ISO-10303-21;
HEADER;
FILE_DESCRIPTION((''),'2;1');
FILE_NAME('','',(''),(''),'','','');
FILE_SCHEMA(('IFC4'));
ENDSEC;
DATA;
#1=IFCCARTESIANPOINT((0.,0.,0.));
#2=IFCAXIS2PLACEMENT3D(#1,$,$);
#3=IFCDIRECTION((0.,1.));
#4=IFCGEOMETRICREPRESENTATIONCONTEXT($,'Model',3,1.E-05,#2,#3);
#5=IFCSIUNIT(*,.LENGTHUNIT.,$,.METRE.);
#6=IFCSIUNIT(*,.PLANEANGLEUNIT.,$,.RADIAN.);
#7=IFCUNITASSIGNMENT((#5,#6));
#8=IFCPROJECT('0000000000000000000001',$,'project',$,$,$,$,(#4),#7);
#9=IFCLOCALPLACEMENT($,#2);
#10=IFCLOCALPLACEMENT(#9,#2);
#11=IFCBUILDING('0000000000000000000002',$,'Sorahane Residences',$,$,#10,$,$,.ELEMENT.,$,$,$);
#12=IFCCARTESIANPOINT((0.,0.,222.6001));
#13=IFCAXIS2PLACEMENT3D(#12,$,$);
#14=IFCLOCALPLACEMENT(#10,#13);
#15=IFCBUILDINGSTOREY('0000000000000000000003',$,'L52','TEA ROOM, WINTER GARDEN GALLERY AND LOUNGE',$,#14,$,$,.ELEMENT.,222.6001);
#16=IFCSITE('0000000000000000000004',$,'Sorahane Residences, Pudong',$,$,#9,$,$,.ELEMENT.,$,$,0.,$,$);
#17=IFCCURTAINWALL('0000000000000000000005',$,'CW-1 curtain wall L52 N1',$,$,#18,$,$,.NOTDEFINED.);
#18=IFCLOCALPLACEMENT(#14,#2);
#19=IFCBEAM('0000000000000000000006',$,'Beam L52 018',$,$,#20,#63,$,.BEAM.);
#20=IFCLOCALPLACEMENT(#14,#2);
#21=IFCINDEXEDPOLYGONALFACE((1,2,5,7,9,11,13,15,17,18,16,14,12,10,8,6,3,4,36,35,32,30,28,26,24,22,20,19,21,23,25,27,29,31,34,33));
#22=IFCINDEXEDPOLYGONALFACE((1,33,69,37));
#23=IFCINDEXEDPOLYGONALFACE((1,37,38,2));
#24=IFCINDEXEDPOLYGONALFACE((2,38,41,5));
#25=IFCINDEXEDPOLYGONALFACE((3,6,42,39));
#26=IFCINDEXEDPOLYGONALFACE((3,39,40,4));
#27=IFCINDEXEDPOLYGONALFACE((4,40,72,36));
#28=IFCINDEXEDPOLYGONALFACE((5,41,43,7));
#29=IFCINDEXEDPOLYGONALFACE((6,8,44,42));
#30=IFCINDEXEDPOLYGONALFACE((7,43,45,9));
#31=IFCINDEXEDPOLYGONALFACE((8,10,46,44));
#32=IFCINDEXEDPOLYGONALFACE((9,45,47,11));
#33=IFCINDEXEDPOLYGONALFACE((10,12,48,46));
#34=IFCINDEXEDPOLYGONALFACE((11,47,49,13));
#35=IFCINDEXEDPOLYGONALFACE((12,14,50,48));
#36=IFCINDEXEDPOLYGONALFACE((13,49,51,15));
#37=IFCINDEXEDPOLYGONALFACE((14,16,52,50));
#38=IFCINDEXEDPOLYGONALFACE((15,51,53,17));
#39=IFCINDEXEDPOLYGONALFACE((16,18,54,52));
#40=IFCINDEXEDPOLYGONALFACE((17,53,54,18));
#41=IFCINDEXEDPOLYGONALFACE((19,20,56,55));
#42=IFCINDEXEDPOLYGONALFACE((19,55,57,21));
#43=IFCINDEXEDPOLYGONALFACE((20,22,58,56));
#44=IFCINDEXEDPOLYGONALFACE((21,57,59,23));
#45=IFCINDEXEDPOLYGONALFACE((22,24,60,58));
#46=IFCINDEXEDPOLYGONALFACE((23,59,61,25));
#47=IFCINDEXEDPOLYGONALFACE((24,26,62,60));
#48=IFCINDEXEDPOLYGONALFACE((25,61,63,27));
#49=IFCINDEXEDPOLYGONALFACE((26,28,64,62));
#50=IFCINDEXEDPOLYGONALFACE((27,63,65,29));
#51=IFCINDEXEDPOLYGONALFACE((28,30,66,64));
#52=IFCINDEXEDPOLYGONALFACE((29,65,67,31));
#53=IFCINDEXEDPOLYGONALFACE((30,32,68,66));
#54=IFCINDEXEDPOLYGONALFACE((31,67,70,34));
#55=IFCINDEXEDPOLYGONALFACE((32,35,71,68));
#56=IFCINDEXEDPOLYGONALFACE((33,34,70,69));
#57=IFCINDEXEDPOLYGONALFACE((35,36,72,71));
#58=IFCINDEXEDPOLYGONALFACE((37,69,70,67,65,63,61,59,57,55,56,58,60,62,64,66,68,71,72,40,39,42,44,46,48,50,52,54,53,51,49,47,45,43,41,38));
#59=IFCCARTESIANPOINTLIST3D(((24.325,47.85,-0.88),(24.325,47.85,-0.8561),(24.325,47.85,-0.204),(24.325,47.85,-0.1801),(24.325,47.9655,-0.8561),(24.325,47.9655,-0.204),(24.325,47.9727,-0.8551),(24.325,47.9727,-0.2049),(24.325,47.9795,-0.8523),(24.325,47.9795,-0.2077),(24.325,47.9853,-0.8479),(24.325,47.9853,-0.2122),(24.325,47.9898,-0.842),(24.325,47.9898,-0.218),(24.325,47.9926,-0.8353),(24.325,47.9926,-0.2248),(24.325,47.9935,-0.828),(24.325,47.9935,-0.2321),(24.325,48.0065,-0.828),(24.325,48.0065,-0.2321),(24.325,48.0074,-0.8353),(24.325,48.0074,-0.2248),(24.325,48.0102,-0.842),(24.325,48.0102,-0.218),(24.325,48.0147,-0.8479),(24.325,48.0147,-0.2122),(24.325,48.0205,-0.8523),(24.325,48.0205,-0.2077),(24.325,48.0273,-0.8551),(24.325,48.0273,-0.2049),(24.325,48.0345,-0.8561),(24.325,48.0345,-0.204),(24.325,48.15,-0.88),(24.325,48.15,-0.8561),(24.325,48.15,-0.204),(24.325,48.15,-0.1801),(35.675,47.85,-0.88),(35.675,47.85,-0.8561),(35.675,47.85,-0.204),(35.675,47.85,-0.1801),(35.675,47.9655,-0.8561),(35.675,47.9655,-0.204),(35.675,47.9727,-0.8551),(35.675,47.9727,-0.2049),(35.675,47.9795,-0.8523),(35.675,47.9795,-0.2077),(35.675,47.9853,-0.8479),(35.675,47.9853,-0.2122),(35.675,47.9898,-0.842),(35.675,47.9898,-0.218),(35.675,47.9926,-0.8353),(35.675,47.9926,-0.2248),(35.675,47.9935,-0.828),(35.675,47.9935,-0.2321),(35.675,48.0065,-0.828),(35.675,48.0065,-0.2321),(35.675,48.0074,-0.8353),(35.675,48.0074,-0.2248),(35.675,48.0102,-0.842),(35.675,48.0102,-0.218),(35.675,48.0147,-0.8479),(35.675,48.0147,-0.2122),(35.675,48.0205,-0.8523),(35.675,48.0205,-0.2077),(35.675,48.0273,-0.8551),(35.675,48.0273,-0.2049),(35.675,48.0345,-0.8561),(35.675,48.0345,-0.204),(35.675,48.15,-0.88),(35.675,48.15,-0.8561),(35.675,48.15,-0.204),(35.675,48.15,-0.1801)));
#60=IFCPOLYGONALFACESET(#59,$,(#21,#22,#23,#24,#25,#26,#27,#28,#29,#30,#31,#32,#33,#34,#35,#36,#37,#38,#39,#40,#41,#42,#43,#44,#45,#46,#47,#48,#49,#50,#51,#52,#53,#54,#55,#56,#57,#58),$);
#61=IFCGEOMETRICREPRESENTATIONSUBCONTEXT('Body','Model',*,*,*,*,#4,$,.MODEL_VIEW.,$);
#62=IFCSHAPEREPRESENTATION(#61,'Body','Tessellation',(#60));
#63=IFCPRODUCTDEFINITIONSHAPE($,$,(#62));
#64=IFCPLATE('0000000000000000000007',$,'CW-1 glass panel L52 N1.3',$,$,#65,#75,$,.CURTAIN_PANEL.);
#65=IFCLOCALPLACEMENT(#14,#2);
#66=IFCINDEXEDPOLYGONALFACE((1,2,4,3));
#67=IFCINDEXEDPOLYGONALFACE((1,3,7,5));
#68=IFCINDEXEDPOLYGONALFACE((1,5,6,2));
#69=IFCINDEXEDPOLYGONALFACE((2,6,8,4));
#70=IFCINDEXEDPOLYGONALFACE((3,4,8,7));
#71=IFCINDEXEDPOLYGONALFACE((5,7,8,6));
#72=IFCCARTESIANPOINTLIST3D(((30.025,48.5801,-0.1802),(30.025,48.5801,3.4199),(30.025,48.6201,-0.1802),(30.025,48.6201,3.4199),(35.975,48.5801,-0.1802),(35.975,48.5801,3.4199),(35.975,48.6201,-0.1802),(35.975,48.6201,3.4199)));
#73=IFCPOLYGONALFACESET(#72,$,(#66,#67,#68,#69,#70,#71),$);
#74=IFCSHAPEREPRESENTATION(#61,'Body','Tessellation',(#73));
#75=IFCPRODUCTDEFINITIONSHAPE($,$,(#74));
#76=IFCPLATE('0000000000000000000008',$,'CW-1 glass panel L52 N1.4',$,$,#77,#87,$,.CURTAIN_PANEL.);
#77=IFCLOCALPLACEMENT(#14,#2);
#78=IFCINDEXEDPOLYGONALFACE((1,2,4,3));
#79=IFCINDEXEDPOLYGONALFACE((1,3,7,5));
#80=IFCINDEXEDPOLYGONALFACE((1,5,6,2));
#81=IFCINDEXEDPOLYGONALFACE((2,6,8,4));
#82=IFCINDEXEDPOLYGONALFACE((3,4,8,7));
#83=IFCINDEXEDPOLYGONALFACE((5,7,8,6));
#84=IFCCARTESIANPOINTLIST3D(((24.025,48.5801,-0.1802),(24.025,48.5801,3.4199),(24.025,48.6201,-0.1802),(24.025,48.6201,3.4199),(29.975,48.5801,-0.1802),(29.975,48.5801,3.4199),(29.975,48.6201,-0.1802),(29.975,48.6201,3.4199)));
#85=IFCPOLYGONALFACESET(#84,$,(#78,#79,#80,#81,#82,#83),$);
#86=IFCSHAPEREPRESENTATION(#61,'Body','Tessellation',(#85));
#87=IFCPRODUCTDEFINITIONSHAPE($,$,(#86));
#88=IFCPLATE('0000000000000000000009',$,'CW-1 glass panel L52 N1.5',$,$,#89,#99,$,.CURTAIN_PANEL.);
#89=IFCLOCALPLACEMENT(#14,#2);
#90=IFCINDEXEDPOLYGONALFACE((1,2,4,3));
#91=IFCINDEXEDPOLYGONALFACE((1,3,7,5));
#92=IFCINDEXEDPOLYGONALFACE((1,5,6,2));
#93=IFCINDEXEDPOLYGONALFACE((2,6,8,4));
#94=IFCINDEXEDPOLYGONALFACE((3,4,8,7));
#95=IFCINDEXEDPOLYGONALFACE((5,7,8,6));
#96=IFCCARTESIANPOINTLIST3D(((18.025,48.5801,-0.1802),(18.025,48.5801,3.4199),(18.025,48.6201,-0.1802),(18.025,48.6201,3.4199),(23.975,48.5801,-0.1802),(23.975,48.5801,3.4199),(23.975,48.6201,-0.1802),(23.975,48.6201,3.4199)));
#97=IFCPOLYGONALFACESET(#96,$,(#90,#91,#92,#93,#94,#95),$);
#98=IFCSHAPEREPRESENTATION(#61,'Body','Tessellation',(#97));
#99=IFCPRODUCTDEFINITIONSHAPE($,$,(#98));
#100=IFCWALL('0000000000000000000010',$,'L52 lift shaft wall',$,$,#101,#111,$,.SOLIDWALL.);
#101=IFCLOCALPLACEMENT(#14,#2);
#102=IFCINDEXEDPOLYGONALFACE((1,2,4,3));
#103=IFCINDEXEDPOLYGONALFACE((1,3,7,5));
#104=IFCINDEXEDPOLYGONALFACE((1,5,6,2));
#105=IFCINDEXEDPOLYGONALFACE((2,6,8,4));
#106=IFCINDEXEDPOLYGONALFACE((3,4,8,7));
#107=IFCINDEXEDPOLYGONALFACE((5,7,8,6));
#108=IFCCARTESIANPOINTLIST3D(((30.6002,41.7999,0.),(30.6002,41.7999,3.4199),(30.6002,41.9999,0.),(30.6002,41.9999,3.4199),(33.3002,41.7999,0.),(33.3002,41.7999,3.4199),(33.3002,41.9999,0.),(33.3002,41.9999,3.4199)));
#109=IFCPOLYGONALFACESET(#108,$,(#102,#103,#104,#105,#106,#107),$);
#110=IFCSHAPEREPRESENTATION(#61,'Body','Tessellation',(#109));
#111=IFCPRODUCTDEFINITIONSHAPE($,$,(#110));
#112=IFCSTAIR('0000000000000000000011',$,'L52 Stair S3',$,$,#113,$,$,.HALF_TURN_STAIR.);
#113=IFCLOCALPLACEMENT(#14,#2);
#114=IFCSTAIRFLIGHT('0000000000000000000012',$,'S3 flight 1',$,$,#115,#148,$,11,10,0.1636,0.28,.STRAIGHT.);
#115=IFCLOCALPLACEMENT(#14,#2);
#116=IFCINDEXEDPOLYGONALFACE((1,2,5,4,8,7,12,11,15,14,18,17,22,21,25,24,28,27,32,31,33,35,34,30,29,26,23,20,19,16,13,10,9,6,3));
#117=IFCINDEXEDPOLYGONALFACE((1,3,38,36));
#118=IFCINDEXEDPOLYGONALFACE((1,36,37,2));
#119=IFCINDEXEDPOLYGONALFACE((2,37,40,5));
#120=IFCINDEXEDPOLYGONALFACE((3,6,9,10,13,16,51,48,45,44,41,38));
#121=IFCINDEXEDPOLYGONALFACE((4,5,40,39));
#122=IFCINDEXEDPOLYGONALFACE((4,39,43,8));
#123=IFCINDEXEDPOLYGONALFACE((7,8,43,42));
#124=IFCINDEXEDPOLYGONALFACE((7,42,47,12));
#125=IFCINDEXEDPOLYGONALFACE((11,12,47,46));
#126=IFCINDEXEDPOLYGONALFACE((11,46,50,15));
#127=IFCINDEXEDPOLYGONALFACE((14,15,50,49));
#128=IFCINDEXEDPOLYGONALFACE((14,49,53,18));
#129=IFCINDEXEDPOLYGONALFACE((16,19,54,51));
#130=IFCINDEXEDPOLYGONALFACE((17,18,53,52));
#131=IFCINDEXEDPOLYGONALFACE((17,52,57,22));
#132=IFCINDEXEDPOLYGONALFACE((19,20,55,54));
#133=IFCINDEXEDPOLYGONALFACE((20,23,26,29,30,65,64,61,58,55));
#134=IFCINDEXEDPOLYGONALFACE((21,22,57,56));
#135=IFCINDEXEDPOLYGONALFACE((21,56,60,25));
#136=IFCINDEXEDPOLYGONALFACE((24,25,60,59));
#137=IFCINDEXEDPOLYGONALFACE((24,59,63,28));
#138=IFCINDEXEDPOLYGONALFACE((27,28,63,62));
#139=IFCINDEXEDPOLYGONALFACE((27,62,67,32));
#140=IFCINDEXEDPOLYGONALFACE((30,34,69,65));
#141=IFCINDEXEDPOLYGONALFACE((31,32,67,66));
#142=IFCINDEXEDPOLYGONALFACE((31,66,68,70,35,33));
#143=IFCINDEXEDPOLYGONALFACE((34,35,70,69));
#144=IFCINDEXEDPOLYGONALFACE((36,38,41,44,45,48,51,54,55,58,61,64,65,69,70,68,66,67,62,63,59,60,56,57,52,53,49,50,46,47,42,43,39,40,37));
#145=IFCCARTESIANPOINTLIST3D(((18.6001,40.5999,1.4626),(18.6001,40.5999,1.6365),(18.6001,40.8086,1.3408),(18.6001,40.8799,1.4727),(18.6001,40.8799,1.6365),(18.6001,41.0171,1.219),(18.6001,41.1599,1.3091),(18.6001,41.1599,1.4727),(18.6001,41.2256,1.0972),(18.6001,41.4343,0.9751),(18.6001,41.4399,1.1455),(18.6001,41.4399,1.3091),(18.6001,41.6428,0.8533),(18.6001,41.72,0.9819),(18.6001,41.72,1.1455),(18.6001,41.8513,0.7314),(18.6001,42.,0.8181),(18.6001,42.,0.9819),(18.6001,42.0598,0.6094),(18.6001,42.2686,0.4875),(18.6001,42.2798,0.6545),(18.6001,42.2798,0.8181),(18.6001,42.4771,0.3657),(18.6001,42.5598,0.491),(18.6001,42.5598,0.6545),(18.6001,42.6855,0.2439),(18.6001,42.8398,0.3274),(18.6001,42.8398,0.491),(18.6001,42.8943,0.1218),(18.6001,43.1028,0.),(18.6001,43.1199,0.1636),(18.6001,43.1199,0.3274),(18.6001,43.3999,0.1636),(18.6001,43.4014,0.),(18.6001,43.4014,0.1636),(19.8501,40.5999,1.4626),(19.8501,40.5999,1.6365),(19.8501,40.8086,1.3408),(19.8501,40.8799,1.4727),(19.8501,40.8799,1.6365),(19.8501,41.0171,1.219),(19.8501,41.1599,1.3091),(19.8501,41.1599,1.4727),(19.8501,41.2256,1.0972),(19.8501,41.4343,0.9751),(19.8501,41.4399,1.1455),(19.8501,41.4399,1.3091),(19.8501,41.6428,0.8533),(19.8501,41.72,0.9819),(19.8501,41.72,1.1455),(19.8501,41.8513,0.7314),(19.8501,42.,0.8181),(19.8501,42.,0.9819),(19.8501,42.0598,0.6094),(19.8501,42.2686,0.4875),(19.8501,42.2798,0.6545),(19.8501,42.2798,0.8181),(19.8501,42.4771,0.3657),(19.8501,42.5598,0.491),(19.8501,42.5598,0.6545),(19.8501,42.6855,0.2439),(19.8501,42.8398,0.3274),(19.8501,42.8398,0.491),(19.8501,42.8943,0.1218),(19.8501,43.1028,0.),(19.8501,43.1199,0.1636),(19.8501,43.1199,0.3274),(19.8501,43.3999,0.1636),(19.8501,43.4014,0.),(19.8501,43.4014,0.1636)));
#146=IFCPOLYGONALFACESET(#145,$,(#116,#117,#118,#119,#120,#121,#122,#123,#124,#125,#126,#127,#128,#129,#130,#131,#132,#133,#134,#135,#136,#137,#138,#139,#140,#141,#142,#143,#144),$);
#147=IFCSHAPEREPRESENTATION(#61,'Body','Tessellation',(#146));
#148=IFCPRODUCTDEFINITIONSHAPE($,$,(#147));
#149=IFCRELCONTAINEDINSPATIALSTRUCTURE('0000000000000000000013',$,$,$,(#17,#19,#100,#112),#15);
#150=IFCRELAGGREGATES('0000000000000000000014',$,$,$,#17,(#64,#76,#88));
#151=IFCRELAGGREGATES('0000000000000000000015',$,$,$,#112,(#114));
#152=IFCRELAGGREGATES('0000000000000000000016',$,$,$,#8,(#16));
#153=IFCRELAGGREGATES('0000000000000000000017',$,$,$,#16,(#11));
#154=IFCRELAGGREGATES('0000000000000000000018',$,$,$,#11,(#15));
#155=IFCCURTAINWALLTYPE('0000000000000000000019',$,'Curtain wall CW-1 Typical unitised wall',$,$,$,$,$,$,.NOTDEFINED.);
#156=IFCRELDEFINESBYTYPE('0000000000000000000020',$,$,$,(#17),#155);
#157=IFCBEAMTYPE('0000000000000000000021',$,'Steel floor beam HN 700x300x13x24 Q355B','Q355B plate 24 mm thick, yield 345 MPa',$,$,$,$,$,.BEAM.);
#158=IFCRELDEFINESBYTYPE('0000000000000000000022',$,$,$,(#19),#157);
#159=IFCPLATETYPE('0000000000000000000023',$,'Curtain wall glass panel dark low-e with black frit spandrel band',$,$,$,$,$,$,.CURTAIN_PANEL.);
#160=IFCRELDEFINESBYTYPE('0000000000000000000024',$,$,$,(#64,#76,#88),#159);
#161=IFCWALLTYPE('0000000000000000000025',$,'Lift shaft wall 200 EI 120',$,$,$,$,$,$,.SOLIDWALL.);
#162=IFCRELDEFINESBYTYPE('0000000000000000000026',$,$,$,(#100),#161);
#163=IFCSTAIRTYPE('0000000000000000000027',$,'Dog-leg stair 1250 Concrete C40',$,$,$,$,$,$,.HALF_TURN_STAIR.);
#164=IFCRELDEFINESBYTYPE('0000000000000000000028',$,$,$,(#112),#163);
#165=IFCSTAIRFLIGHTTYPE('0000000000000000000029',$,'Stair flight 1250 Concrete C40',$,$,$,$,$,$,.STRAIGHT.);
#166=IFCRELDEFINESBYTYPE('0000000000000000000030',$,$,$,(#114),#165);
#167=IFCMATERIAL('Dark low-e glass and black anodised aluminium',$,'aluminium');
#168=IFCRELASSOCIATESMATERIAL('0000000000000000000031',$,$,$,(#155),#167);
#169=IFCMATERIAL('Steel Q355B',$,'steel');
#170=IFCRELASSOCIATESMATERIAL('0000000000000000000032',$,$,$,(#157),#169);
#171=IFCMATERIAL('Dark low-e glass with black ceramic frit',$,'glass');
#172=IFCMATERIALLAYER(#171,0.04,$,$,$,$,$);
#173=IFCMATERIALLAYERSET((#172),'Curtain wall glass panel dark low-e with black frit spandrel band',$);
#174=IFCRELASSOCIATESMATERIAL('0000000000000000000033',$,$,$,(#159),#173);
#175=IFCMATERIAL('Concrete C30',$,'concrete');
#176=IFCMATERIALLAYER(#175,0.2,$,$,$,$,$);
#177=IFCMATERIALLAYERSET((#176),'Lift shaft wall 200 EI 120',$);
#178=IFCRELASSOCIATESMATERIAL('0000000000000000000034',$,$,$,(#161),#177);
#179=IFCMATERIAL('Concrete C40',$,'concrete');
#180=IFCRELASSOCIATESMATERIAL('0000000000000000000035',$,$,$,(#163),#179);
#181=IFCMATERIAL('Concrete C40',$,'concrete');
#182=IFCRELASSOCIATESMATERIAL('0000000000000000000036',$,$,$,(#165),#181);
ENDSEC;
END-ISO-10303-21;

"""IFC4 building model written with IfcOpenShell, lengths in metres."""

from ifc_helpers import new_model, si_unit, direction, frame, frame_2d, origin, origin_2d, place, context, subcontext, project, spatial, polyline, rectangle, i_section, outline, extrude, material, layer, layer_set, material_profile, profile_set, type_object, element, aggregate, save


model = new_model("IFC4")

# Units and contexts
model_context = context("Model", 3, precision=1e-05, world=origin(), true_north=direction((0.0, 1.0)))
body_context = subcontext(model_context, "Body", "Model", "MODEL_VIEW")
ifc_project = project(units=[si_unit("LENGTHUNIT", "METRE"), si_unit("PLANEANGLEUNIT", "RADIAN")], contexts=[model_context])

# Site, building, storey
site_placement = place(None, origin())
site = spatial("IfcSite", under=ifc_project, at=site_placement, Name="Sorahane Residences, Pudong", CompositionType="ELEMENT", RefElevation=0.0)
building_placement = place(site_placement, origin())
building = spatial("IfcBuilding", under=site, at=building_placement, Name="Sorahane Residences", CompositionType="ELEMENT")
storey_placement = place(building_placement, frame((0.0, 0.0, 222.6001)))
storey = spatial("IfcBuildingStorey", under=building, at=storey_placement, Name="L52", Description="TEA ROOM, WINTER GARDEN GALLERY AND LOUNGE", CompositionType="ELEMENT", Elevation=222.6001)

# Curtain wall
ifc_material_1 = material(Name="Dark low-e glass and black anodised aluminium", Category="aluminium")
curtain_wall_type = type_object("IfcCurtainWallType", Name="Curtain wall CW-1 Typical unitised wall", PredefinedType="NOTDEFINED", material=ifc_material_1)
curtain_wall_placement = place(storey_placement, origin())
curtain_wall = element("IfcCurtainWall", 1, at=curtain_wall_placement, inside=storey, type_object=curtain_wall_type, Name="CW-1 curtain wall L52 N1", PredefinedType="NOTDEFINED")

# Beam
ifc_material_2 = material(Name="Steel Q355B", Category="steel")
ifc_material_profile_1 = material_profile(ifc_material_2, i_section(OverallWidth=0.3, OverallDepth=0.7, WebThickness=0.0129, FlangeThickness=0.0239, FilletRadius=0.0281, at=origin_2d()), Name="HN 700x300x13x24")
ifc_profile_set_1 = profile_set([ifc_material_profile_1], Name="Steel Q355B")
beam_type_1 = type_object("IfcBeamType", Name="Steel floor beam HN 700x300x13x24 Q355B", Description="Q355B plate 24 mm thick, yield 345 MPa", PredefinedType="BEAM", material=ifc_profile_set_1)
beam_1_placement = place(storey_placement, frame((24.325, 48.0, -0.53), z_axis=(1.0, 0.0, 0.0), x_axis=(0.0, 1.0, 0.0)))
element("IfcBeam", 2, at=beam_1_placement, inside=storey, type_object=beam_type_1, Name="Beam L52 018", PredefinedType="BEAM", context=body_context, shape_type="SweptSolid", body=[
    extrude(i_section(OverallWidth=0.3, OverallDepth=0.7, WebThickness=0.0129, FlangeThickness=0.0239, FilletRadius=0.0281, at=origin_2d()), origin(), (0.0, 0.0, 1.0), 11.3501),
])

# Plates
ifc_material_3 = material(Name="Dark low-e glass with black ceramic frit", Category="glass")
ifc_layer_1 = layer(ifc_material_3, 0.04)
ifc_layer_set_1 = layer_set([ifc_layer_1], Name="Curtain wall glass panel dark low-e with black frit spandrel band")
plate_type = type_object("IfcPlateType", Name="Curtain wall glass panel dark low-e with black frit spandrel band", PredefinedType="CURTAIN_PANEL", material=ifc_layer_set_1)
plate_1_placement = place(storey_placement, frame((33.0, 48.6001, -0.1802), z_axis=(0.0, 0.0, 1.0), x_axis=(-1.0, 0.0, 0.0)))
plate_1 = element("IfcPlate", 3, at=plate_1_placement, type_object=plate_type, Name="CW-1 glass panel L52 N1.3", PredefinedType="CURTAIN_PANEL", context=body_context, shape_type="SweptSolid", body=[
    extrude(rectangle(XDim=5.95, YDim=0.04, at=origin_2d()), origin(), (0.0, 0.0, 1.0), 3.6001),
])
plate_2_placement = place(storey_placement, frame((27.0, 48.6001, -0.1802), z_axis=(0.0, 0.0, 1.0), x_axis=(-1.0, 0.0, 0.0)))
plate_2 = element("IfcPlate", 4, at=plate_2_placement, type_object=plate_type, Name="CW-1 glass panel L52 N1.4", PredefinedType="CURTAIN_PANEL", context=body_context, shape_type="SweptSolid", body=[
    extrude(rectangle(XDim=5.95, YDim=0.04, at=origin_2d()), origin(), (0.0, 0.0, 1.0), 3.6001),
])
plate_3_placement = place(storey_placement, frame((21.0, 48.6001, -0.1802), z_axis=(0.0, 0.0, 1.0), x_axis=(-1.0, 0.0, 0.0)))
plate_3 = element("IfcPlate", 5, at=plate_3_placement, type_object=plate_type, Name="CW-1 glass panel L52 N1.5", PredefinedType="CURTAIN_PANEL", context=body_context, shape_type="SweptSolid", body=[
    extrude(rectangle(XDim=5.95, YDim=0.04, at=origin_2d()), origin(), (0.0, 0.0, 1.0), 3.6001),
])
aggregate(curtain_wall, [plate_1, plate_2, plate_3])

# Wall
ifc_material_4 = material(Name="Concrete C30", Category="concrete")
ifc_layer_2 = layer(ifc_material_4, 0.2)
ifc_layer_set_2 = layer_set([ifc_layer_2], Name="Lift shaft wall 200 EI 120")
wall_type = type_object("IfcWallType", Name="Lift shaft wall 200 EI 120", PredefinedType="SOLIDWALL", material=ifc_layer_set_2)
wall_placement = place(storey_placement, frame((30.6001, 41.8999, 0.0), z_axis=(0.0, 0.0, 1.0), x_axis=(1.0, 0.0, 0.0)))
element("IfcWall", 6, at=wall_placement, inside=storey, type_object=wall_type, Name="L52 lift shaft wall", PredefinedType="SOLIDWALL", context=body_context, shape_type="SweptSolid", body=[
    extrude(rectangle(XDim=2.7, YDim=0.2, at=frame_2d((1.3501, 0.0))), origin(), (0.0, 0.0, 1.0), 3.4199),
])

# Stair, stair flight
ifc_material_5 = material(Name="Concrete C40", Category="concrete")
stair_type = type_object("IfcStairType", Name="Dog-leg stair 1250 Concrete C40", PredefinedType="HALF_TURN_STAIR", material=ifc_material_5)
stair_placement = place(storey_placement, origin())
stair = element("IfcStair", 7, at=stair_placement, inside=storey, type_object=stair_type, Name="L52 Stair S3", PredefinedType="HALF_TURN_STAIR")
ifc_material_6 = material(Name="Concrete C40", Category="concrete")
stair_flight_type = type_object("IfcStairFlightType", Name="Stair flight 1250 Concrete C40", PredefinedType="STRAIGHT", material=ifc_material_6)
stair_flight_1_placement = place(storey_placement, frame((19.2251, 43.3999, 0.0), z_axis=(0.0, 0.0, 1.0), x_axis=(0.0, -1.0, 0.0)))
stair_flight_1 = element("IfcStairFlight", 8, at=stair_flight_1_placement, type_object=stair_flight_type, Name="S3 flight 1", NumberOfRisers=11, NumberOfTreads=10, PredefinedType="STRAIGHT", RiserHeight=0.1636, TreadLength=0.28, context=body_context, shape_type="SweptSolid", body=[
    extrude(outline(polyline([(-0.0015, 0.0), (-0.0015, 0.1636), (0.0, 0.1636), (0.28, 0.1636), (0.28, 0.3274), (0.5601, 0.3274), (0.5601, 0.491), (0.8401, 0.491), (0.8401, 0.6545), (1.1201, 0.6545), (1.1201, 0.8181), (1.3999, 0.8181), (1.3999, 0.9819), (1.6799, 0.9819), (1.6799, 1.1455), (1.96, 1.1455), (1.96, 1.3091), (2.24, 1.3091), (2.24, 1.4727), (2.52, 1.4727), (2.52, 1.6365), (2.8, 1.6365), (2.8, 1.8), (2.8, 1.4626), (2.5913, 1.3408), (2.3828, 1.219), (2.1743, 1.0972), (1.9656, 0.9751), (1.7571, 0.8533), (1.5486, 0.7314), (1.3401, 0.6094), (1.1313, 0.4875), (0.9229, 0.3657), (0.7144, 0.2439), (0.5056, 0.1218), (0.2971, 0.0), (-0.0015, 0.0)])), frame((0.0, 0.625, 0.0), z_axis=(0.0, -1.0, 0.0), x_axis=(1.0, 0.0, 0.0)), (0.0, 0.0, 1.0), 1.25),
])
aggregate(stair, [stair_flight_1])

save(model, "model.ifc")
